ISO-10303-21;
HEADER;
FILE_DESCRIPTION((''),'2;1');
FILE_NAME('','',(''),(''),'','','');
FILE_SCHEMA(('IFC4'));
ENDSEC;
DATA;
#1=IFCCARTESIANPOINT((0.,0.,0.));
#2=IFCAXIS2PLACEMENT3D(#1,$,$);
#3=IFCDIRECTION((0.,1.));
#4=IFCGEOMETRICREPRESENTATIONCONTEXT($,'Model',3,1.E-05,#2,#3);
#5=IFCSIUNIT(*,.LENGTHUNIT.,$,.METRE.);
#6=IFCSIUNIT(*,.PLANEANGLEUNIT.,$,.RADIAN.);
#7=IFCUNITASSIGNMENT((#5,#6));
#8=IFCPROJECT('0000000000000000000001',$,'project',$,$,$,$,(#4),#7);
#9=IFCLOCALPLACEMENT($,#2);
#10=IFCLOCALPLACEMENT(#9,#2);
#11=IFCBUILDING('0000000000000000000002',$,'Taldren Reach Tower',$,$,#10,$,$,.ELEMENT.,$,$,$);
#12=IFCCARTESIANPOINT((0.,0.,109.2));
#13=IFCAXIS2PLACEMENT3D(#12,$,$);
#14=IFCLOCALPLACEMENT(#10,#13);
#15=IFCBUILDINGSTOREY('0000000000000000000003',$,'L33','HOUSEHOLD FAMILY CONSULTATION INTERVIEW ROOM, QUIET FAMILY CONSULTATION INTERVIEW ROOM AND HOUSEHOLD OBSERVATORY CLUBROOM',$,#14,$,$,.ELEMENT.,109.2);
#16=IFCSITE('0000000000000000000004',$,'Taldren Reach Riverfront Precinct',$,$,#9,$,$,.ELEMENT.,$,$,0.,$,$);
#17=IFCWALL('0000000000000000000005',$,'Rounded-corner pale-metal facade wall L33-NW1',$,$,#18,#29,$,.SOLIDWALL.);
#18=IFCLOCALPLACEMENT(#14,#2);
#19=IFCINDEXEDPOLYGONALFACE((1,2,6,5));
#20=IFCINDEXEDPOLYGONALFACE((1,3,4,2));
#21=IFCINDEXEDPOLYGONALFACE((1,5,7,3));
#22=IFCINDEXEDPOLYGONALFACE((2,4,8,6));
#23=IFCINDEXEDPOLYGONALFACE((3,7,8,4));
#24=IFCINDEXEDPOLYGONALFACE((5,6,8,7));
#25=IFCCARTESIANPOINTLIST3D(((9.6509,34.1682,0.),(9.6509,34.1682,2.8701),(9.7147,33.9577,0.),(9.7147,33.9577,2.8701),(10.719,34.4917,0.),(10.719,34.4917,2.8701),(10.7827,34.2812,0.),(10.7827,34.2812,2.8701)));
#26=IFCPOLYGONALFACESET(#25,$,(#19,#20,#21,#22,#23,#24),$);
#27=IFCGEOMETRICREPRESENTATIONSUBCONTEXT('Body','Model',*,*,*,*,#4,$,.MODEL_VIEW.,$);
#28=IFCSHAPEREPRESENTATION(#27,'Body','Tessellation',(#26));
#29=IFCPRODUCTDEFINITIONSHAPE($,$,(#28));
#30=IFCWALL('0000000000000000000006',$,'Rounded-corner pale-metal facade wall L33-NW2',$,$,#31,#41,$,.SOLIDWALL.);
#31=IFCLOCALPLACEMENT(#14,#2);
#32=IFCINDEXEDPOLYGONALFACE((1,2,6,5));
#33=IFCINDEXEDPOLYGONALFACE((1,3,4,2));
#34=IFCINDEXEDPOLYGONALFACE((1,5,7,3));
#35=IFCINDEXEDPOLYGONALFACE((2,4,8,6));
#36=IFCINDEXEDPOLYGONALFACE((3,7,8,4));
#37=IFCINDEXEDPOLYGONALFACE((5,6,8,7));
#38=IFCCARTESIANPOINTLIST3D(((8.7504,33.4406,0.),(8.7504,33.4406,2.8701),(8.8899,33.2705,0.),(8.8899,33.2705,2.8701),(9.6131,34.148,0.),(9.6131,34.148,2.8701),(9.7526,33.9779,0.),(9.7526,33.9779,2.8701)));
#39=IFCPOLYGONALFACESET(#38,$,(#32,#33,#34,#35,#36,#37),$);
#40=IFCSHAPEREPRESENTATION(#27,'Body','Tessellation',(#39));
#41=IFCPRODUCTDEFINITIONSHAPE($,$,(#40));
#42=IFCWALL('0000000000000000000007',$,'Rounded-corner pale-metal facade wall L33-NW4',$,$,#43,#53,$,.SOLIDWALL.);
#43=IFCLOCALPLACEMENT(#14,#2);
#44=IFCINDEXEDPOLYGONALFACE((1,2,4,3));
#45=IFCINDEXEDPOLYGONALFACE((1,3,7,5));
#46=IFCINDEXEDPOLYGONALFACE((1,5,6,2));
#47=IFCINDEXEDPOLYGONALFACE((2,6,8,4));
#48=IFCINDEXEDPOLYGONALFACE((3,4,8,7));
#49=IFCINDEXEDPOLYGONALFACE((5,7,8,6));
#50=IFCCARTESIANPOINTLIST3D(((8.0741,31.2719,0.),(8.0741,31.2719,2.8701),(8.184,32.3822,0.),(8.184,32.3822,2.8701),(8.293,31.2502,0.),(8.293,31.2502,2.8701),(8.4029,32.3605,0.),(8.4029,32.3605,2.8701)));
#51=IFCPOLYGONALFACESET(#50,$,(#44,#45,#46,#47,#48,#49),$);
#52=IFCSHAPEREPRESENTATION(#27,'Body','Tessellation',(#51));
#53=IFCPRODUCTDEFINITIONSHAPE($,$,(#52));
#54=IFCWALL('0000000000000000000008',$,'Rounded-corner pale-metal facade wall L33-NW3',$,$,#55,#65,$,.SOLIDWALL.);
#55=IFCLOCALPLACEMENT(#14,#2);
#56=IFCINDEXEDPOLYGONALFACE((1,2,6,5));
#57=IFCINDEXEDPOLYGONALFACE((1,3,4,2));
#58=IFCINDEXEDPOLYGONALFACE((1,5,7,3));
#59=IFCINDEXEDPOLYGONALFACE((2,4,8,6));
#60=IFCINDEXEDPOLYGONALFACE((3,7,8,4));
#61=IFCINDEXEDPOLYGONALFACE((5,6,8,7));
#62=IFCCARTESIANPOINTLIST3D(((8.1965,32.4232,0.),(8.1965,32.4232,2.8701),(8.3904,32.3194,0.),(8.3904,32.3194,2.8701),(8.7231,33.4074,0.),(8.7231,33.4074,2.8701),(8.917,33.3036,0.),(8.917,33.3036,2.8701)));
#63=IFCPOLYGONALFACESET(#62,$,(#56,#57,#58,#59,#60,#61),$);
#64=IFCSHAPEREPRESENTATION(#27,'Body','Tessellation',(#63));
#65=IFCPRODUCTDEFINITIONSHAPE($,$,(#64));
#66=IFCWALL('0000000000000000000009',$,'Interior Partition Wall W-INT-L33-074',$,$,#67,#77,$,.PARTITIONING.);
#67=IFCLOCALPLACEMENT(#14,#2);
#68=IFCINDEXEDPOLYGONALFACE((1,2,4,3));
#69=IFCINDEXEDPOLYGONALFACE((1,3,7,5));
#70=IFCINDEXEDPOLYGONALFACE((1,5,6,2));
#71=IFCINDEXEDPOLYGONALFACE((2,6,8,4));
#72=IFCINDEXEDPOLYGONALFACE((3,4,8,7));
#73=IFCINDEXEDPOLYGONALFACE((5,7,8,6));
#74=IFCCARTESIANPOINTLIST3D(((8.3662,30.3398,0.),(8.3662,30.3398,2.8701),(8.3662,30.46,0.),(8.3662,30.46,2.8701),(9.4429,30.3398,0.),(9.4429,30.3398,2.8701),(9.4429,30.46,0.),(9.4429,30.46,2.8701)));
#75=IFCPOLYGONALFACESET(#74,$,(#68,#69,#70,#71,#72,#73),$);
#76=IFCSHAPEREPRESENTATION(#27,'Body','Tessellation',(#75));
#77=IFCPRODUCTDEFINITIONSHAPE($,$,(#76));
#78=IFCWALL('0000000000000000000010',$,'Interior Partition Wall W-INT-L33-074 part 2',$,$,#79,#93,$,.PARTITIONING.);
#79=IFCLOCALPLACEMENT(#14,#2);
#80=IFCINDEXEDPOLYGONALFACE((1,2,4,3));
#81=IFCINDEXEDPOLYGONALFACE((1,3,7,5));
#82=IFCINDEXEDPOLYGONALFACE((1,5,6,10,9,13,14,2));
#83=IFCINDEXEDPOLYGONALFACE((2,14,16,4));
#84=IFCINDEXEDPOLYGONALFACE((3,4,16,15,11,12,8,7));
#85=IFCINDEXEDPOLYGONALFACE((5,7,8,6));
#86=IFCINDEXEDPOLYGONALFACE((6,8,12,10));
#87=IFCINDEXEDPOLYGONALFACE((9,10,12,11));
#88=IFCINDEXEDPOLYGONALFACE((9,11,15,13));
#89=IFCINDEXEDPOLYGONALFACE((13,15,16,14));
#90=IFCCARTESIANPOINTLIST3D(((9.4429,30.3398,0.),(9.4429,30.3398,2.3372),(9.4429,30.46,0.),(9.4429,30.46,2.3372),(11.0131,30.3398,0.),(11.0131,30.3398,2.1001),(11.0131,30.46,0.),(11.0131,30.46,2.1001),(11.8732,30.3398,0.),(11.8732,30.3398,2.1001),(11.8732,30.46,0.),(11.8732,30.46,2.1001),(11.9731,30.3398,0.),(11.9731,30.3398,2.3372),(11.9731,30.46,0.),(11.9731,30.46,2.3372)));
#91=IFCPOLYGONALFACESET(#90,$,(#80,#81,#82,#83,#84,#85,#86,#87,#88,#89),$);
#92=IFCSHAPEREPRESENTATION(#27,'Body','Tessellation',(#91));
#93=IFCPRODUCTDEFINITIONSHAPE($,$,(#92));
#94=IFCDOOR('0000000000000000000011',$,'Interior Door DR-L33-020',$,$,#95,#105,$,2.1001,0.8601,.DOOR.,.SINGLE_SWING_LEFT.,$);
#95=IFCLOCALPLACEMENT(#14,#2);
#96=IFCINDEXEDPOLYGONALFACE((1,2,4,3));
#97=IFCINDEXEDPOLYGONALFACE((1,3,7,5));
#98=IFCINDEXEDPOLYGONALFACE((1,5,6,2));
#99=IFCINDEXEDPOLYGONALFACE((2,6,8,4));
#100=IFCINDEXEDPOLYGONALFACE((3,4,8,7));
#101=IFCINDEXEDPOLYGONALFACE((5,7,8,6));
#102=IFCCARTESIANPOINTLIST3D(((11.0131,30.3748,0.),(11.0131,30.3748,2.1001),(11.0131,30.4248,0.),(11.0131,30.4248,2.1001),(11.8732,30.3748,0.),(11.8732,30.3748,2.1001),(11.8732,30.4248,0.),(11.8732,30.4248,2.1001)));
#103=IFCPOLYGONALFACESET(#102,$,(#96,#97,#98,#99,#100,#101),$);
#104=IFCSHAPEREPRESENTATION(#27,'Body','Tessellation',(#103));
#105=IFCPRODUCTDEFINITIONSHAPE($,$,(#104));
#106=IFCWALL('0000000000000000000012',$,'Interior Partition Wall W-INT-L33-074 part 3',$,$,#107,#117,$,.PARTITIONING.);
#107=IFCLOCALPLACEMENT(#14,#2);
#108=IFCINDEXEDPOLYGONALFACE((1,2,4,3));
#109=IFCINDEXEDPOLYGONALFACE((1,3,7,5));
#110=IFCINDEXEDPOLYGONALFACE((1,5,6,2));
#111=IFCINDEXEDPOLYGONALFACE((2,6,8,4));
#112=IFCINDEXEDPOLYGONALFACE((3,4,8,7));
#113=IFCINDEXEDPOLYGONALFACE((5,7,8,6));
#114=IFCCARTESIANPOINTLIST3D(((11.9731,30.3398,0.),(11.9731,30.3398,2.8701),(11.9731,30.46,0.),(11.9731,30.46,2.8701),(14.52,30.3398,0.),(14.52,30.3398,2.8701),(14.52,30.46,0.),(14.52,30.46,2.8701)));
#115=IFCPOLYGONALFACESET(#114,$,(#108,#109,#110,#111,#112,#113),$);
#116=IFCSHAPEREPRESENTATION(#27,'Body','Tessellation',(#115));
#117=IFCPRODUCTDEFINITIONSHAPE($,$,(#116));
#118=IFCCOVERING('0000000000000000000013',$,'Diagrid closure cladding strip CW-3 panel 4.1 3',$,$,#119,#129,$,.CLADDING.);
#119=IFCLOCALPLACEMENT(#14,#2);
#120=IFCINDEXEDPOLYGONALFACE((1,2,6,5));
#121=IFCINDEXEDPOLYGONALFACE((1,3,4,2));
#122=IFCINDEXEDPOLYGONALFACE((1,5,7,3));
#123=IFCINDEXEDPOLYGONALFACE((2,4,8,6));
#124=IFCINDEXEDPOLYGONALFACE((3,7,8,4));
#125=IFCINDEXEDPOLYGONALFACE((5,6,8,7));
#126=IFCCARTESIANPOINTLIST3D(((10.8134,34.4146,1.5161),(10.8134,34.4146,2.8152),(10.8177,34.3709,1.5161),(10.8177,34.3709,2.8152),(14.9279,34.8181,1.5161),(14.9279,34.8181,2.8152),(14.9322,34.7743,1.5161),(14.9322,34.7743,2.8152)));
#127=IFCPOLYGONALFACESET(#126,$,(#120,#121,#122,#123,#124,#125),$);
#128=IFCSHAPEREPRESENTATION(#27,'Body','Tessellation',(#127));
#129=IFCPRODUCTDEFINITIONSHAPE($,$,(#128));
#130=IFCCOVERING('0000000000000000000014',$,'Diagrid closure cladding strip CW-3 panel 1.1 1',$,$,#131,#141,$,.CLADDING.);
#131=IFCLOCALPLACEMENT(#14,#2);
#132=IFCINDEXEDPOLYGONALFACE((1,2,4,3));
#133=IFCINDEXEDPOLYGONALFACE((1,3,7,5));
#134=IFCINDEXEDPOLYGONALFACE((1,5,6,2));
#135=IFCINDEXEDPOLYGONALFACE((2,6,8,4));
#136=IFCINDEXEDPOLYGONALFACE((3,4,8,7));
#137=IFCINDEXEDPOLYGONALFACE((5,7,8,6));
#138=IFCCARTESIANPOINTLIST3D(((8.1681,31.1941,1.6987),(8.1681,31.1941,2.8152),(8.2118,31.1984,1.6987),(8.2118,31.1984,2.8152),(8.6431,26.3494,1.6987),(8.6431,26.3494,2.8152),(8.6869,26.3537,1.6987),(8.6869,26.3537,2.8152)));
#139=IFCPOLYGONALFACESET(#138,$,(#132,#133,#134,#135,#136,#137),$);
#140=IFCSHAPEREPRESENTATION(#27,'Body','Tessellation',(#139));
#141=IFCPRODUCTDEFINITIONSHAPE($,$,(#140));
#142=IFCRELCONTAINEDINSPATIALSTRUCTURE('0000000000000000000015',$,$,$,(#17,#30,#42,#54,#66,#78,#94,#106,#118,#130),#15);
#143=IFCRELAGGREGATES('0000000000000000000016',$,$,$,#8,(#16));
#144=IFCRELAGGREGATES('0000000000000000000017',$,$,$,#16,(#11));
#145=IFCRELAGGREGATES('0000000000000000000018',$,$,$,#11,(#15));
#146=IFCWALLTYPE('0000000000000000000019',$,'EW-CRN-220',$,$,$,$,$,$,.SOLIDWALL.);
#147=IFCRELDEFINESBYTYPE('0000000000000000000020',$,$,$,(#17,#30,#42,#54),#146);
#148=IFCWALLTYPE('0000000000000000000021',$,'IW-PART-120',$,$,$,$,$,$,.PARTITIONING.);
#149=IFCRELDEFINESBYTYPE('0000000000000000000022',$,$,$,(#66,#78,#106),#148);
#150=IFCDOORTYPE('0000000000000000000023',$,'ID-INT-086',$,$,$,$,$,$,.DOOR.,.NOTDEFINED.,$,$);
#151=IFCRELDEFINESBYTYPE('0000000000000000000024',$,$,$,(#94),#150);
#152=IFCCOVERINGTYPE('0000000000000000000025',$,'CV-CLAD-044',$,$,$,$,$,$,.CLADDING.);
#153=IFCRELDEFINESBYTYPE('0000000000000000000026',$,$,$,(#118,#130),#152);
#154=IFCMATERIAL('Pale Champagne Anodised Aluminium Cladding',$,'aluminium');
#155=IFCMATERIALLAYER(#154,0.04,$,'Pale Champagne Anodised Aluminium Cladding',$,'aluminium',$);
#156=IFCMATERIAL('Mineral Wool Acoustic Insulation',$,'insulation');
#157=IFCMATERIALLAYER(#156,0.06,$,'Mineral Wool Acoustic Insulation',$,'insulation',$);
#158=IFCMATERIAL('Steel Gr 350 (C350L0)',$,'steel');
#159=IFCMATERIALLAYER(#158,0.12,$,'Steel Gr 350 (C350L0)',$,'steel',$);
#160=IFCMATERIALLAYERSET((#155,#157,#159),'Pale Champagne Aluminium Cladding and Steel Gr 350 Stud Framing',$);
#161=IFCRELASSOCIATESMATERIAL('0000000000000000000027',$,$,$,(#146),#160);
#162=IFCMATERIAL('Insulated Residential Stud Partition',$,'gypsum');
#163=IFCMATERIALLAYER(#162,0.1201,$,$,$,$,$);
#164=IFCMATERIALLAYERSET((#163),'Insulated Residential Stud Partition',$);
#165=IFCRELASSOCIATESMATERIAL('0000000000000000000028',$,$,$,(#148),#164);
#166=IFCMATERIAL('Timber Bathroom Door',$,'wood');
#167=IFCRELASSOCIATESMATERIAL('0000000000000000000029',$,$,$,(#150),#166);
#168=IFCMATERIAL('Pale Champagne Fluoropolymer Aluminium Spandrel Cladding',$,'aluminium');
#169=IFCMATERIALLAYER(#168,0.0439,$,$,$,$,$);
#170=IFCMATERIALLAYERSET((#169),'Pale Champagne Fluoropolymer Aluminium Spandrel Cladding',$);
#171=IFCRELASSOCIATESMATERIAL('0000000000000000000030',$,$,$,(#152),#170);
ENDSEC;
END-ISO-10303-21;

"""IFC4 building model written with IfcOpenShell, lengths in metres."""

from ifc_helpers import new_model, si_unit, direction, frame, frame_2d, origin, origin_2d, place, context, subcontext, project, spatial, rectangle, extrude, source, transform, mapped, material, layer, layer_set, type_object, element, fill, save


model = new_model("IFC4")

# Units and contexts
model_context = context("Model", 3, precision=1e-05, world=origin(), true_north=direction((0.0, 1.0)))
body_context = subcontext(model_context, "Body", "Model", "MODEL_VIEW")
ifc_project = project(units=[si_unit("LENGTHUNIT", "METRE"), si_unit("PLANEANGLEUNIT", "RADIAN")], contexts=[model_context])

# Site, building, storey
site_placement = place(None, origin())
site = spatial("IfcSite", under=ifc_project, at=site_placement, Name="Taldren Reach Riverfront Precinct", CompositionType="ELEMENT", RefElevation=0.0)
building_placement = place(site_placement, origin())
building = spatial("IfcBuilding", under=site, at=building_placement, Name="Taldren Reach Tower", CompositionType="ELEMENT")
storey_placement = place(building_placement, frame((0.0, 0.0, 109.2)))
storey = spatial("IfcBuildingStorey", under=building, at=storey_placement, Name="L33", Description="HOUSEHOLD FAMILY CONSULTATION INTERVIEW ROOM, QUIET FAMILY CONSULTATION INTERVIEW ROOM AND HOUSEHOLD OBSERVATORY CLUBROOM", CompositionType="ELEMENT", Elevation=109.2)

# Shared definitions
ifc_material_1 = material(Name="Steel Gr 350 (C350L0)", Category="steel")

# Walls
ifc_material_2 = material(Name="Pale Champagne Anodised Aluminium Cladding", Category="aluminium")
ifc_layer_1 = layer(ifc_material_2, 0.04, Name="Pale Champagne Anodised Aluminium Cladding", Category="aluminium")
ifc_material_3 = material(Name="Mineral Wool Acoustic Insulation", Category="insulation")
ifc_layer_2 = layer(ifc_material_3, 0.06, Name="Mineral Wool Acoustic Insulation", Category="insulation")
ifc_layer_3 = layer(ifc_material_1, 0.12, Name="Steel Gr 350 (C350L0)", Category="steel")
ifc_layer_set_1 = layer_set([ifc_layer_1, ifc_layer_2, ifc_layer_3], Name="Pale Champagne Aluminium Cladding and Steel Gr 350 Stud Framing")
wall_type_1 = type_object("IfcWallType", Name="EW-CRN-220", PredefinedType="SOLIDWALL", material=ifc_layer_set_1)
shared_shape_1 = source(origin(), body_context, "Body", "SweptSolid", [
    extrude(rectangle(XDim=1.116, YDim=0.22, at=frame_2d((0.5581, 0.0))), origin(), (0.0, 0.0, 1.0), 2.8701),
])
wall_1_placement = place(storey_placement, frame((10.751, 34.3865, 0.0), z_axis=(0.0, 0.0, 1.0), x_axis=(-0.95707, -0.289856, 0.0)))
element("IfcWall", 1, at=wall_1_placement, inside=storey, type_object=wall_type_1, Name="Rounded-corner pale-metal facade wall L33-NW1", PredefinedType="SOLIDWALL", context=body_context, shape_type="MappedRepresentation", body=[
    mapped(shared_shape_1, transform((0.0, 0.0, 0.0), scale=1.0)),
])
shared_shape_2 = source(origin(), body_context, "Body", "SweptSolid", [
    extrude(rectangle(XDim=1.1157, YDim=0.22, at=frame_2d((0.5579, 0.0))), origin(), (0.0, 0.0, 1.0), 2.8701),
])
for number, where, z_axis, x_axis, name in (
    (2, (9.6829, 34.063, 0.0), (0.0, 0.0, 1.0), (-0.773255, -0.634095, 0.0), "Rounded-corner pale-metal facade wall L33-NW2"),
    (3, (8.2935, 32.3713, 0.0), (0.0, 0.0, 1.0), (-0.098464, -0.995141, 0.0), "Rounded-corner pale-metal facade wall L33-NW4"),
):
    element("IfcWall", number, at=place(storey_placement, frame(where, z_axis=z_axis, x_axis=x_axis)), inside=storey, type_object=wall_type_1, Name=name, PredefinedType="SOLIDWALL", context=body_context, shape_type="MappedRepresentation", body=[
        mapped(shared_shape_2, transform((0.0, 0.0, 0.0), scale=1.0)),
    ])
shared_shape_3 = source(origin(), body_context, "Body", "SweptSolid", [
    extrude(rectangle(XDim=1.1162, YDim=0.22, at=frame_2d((0.5581, 0.0))), origin(), (0.0, 0.0, 1.0), 2.8701),
])
wall_2_placement = place(storey_placement, frame((8.8201, 33.3555, 0.0), z_axis=(0.0, 0.0, 1.0), x_axis=(-0.471803, -0.881704, 0.0)))
element("IfcWall", 4, at=wall_2_placement, inside=storey, type_object=wall_type_1, Name="Rounded-corner pale-metal facade wall L33-NW3", PredefinedType="SOLIDWALL", context=body_context, shape_type="MappedRepresentation", body=[
    mapped(shared_shape_3, transform((0.0, 0.0, 0.0), scale=1.0)),
])
ifc_material_4 = material(Name="Insulated Residential Stud Partition", Category="gypsum")
ifc_layer_4 = layer(ifc_material_4, 0.1201)
ifc_layer_set_2 = layer_set([ifc_layer_4], Name="Insulated Residential Stud Partition")
wall_type_2 = type_object("IfcWallType", Name="IW-PART-120", PredefinedType="PARTITIONING", material=ifc_layer_set_2)
shared_shape_4 = source(origin(), body_context, "Body", "SweptSolid", [
    extrude(rectangle(XDim=1.0767, YDim=0.1201, at=frame_2d((0.5383, 0.0))), origin(), (0.0, 0.0, 1.0), 2.8701),
])
wall_3_placement = place(storey_placement, frame((8.3662, 30.3999, 0.0), z_axis=(0.0, 0.0, 1.0), x_axis=(1.0, 0.0, 0.0)))
element("IfcWall", 5, at=wall_3_placement, inside=storey, type_object=wall_type_2, Name="Interior Partition Wall W-INT-L33-074", PredefinedType="PARTITIONING", context=body_context, shape_type="MappedRepresentation", body=[
    mapped(shared_shape_4, transform((0.0, 0.0, 0.0), scale=1.0)),
])

# Wall, opening, door
shared_shape_5 = source(origin(), body_context, "Body", "SweptSolid", [
    extrude(rectangle(XDim=2.5303, YDim=0.1201, at=frame_2d((1.2651, 0.0))), origin(), (0.0, 0.0, 1.0), 2.3372),
])
wall_4_placement = place(storey_placement, frame((9.4429, 30.3999, 0.0), z_axis=(0.0, 0.0, 1.0), x_axis=(1.0, 0.0, 0.0)))
wall_4 = element("IfcWall", 6, at=wall_4_placement, inside=storey, type_object=wall_type_2, Name="Interior Partition Wall W-INT-L33-074 part 2", PredefinedType="PARTITIONING", context=body_context, shape_type="MappedRepresentation", body=[
    mapped(shared_shape_5, transform((0.0, 0.0, 0.0), scale=1.0)),
])
shared_shape_6 = source(origin(), body_context, "Body", "SweptSolid", [
    extrude(rectangle(XDim=0.8601, YDim=2.1001, at=frame_2d((0.4302, 1.05))), frame((0.0, 0.0701, 0.0), z_axis=(0.0, -1.0, 0.0), x_axis=(1.0, 0.0, 0.0)), (0.0, 0.0, 1.0), 0.1401),
])
opening_placement = place(wall_4_placement, frame((1.5701, 0.0, 0.0)))
opening = element("IfcOpeningElement", 7, at=opening_placement, cuts=wall_4, PredefinedType="OPENING", context=body_context, shape_type="MappedRepresentation", body=[
    mapped(shared_shape_6, transform((0.0, 0.0, 0.0), scale=1.0)),
])
ifc_material_5 = material(Name="Timber Bathroom Door", Category="wood")
door_type = type_object("IfcDoorType", Name="ID-INT-086", OperationType="NOTDEFINED", PredefinedType="DOOR", material=ifc_material_5)
shared_shape_7 = source(origin(), body_context, "Body", "SweptSolid", [
    extrude(rectangle(XDim=0.8601, YDim=2.1001, at=frame_2d((0.4302, 1.05))), frame((0.0, 0.0249, 0.0), z_axis=(0.0, -1.0, 0.0), x_axis=(1.0, 0.0, 0.0)), (0.0, 0.0, 1.0), 0.05),
])
door_placement = place(opening_placement, origin())
door = element("IfcDoor", 8, at=door_placement, inside=storey, type_object=door_type, Name="Interior Door DR-L33-020", OperationType="SINGLE_SWING_LEFT", OverallHeight=2.1001, OverallWidth=0.8601, PredefinedType="DOOR", context=body_context, shape_type="MappedRepresentation", body=[
    mapped(shared_shape_7, transform((0.0, 0.0, 0.0), scale=1.0)),
])
fill(opening, door)

# Wall
shared_shape_8 = source(origin(), body_context, "Body", "SweptSolid", [
    extrude(rectangle(XDim=2.5469, YDim=0.1201, at=frame_2d((1.2734, 0.0))), origin(), (0.0, 0.0, 1.0), 2.8701),
])
wall_5_placement = place(storey_placement, frame((11.9731, 30.3999, 0.0), z_axis=(0.0, 0.0, 1.0), x_axis=(1.0, 0.0, 0.0)))
element("IfcWall", 9, at=wall_5_placement, inside=storey, type_object=wall_type_2, Name="Interior Partition Wall W-INT-L33-074 part 3", PredefinedType="PARTITIONING", context=body_context, shape_type="MappedRepresentation", body=[
    mapped(shared_shape_8, transform((0.0, 0.0, 0.0), scale=1.0)),
])

# Coverings
ifc_material_6 = material(Name="Pale Champagne Fluoropolymer Aluminium Spandrel Cladding", Category="aluminium")
ifc_layer_5 = layer(ifc_material_6, 0.0439)
ifc_layer_set_3 = layer_set([ifc_layer_5], Name="Pale Champagne Fluoropolymer Aluminium Spandrel Cladding")
covering_type = type_object("IfcCoveringType", Name="CV-CLAD-044", PredefinedType="CLADDING", material=ifc_layer_set_3)
shared_shape_9 = source(origin(), body_context, "Body", "SweptSolid", [
    extrude(rectangle(XDim=4.1343, YDim=0.0439, at=origin_2d()), origin(), (0.0, 0.0, 1.0), 1.2991),
])
covering_1_placement = place(storey_placement, frame((12.8728, 34.5945, 1.5161), z_axis=(0.0, 0.0, 1.0), x_axis=(-0.995227, -0.097583, 0.0)))
element("IfcCovering", 10, at=covering_1_placement, inside=storey, type_object=covering_type, Name="Diagrid closure cladding strip CW-3 panel 4.1 3", PredefinedType="CLADDING", context=body_context, shape_type="MappedRepresentation", body=[
    mapped(shared_shape_9, transform((0.0, 0.0, 0.0), scale=1.0)),
])
shared_shape_10 = source(origin(), body_context, "Body", "SweptSolid", [
    extrude(rectangle(XDim=4.8679, YDim=0.0439, at=origin_2d()), origin(), (0.0, 0.0, 1.0), 1.1165),
])
covering_2_placement = place(storey_placement, frame((8.4275, 28.7739, 1.6987), z_axis=(0.0, 0.0, 1.0), x_axis=(0.097583, -0.995227, 0.0)))
element("IfcCovering", 11, at=covering_2_placement, inside=storey, type_object=covering_type, Name="Diagrid closure cladding strip CW-3 panel 1.1 1", PredefinedType="CLADDING", context=body_context, shape_type="MappedRepresentation", body=[
    mapped(shared_shape_10, transform((0.0, 0.0, 0.0), scale=1.0)),
])

save(model, "model.ifc")
